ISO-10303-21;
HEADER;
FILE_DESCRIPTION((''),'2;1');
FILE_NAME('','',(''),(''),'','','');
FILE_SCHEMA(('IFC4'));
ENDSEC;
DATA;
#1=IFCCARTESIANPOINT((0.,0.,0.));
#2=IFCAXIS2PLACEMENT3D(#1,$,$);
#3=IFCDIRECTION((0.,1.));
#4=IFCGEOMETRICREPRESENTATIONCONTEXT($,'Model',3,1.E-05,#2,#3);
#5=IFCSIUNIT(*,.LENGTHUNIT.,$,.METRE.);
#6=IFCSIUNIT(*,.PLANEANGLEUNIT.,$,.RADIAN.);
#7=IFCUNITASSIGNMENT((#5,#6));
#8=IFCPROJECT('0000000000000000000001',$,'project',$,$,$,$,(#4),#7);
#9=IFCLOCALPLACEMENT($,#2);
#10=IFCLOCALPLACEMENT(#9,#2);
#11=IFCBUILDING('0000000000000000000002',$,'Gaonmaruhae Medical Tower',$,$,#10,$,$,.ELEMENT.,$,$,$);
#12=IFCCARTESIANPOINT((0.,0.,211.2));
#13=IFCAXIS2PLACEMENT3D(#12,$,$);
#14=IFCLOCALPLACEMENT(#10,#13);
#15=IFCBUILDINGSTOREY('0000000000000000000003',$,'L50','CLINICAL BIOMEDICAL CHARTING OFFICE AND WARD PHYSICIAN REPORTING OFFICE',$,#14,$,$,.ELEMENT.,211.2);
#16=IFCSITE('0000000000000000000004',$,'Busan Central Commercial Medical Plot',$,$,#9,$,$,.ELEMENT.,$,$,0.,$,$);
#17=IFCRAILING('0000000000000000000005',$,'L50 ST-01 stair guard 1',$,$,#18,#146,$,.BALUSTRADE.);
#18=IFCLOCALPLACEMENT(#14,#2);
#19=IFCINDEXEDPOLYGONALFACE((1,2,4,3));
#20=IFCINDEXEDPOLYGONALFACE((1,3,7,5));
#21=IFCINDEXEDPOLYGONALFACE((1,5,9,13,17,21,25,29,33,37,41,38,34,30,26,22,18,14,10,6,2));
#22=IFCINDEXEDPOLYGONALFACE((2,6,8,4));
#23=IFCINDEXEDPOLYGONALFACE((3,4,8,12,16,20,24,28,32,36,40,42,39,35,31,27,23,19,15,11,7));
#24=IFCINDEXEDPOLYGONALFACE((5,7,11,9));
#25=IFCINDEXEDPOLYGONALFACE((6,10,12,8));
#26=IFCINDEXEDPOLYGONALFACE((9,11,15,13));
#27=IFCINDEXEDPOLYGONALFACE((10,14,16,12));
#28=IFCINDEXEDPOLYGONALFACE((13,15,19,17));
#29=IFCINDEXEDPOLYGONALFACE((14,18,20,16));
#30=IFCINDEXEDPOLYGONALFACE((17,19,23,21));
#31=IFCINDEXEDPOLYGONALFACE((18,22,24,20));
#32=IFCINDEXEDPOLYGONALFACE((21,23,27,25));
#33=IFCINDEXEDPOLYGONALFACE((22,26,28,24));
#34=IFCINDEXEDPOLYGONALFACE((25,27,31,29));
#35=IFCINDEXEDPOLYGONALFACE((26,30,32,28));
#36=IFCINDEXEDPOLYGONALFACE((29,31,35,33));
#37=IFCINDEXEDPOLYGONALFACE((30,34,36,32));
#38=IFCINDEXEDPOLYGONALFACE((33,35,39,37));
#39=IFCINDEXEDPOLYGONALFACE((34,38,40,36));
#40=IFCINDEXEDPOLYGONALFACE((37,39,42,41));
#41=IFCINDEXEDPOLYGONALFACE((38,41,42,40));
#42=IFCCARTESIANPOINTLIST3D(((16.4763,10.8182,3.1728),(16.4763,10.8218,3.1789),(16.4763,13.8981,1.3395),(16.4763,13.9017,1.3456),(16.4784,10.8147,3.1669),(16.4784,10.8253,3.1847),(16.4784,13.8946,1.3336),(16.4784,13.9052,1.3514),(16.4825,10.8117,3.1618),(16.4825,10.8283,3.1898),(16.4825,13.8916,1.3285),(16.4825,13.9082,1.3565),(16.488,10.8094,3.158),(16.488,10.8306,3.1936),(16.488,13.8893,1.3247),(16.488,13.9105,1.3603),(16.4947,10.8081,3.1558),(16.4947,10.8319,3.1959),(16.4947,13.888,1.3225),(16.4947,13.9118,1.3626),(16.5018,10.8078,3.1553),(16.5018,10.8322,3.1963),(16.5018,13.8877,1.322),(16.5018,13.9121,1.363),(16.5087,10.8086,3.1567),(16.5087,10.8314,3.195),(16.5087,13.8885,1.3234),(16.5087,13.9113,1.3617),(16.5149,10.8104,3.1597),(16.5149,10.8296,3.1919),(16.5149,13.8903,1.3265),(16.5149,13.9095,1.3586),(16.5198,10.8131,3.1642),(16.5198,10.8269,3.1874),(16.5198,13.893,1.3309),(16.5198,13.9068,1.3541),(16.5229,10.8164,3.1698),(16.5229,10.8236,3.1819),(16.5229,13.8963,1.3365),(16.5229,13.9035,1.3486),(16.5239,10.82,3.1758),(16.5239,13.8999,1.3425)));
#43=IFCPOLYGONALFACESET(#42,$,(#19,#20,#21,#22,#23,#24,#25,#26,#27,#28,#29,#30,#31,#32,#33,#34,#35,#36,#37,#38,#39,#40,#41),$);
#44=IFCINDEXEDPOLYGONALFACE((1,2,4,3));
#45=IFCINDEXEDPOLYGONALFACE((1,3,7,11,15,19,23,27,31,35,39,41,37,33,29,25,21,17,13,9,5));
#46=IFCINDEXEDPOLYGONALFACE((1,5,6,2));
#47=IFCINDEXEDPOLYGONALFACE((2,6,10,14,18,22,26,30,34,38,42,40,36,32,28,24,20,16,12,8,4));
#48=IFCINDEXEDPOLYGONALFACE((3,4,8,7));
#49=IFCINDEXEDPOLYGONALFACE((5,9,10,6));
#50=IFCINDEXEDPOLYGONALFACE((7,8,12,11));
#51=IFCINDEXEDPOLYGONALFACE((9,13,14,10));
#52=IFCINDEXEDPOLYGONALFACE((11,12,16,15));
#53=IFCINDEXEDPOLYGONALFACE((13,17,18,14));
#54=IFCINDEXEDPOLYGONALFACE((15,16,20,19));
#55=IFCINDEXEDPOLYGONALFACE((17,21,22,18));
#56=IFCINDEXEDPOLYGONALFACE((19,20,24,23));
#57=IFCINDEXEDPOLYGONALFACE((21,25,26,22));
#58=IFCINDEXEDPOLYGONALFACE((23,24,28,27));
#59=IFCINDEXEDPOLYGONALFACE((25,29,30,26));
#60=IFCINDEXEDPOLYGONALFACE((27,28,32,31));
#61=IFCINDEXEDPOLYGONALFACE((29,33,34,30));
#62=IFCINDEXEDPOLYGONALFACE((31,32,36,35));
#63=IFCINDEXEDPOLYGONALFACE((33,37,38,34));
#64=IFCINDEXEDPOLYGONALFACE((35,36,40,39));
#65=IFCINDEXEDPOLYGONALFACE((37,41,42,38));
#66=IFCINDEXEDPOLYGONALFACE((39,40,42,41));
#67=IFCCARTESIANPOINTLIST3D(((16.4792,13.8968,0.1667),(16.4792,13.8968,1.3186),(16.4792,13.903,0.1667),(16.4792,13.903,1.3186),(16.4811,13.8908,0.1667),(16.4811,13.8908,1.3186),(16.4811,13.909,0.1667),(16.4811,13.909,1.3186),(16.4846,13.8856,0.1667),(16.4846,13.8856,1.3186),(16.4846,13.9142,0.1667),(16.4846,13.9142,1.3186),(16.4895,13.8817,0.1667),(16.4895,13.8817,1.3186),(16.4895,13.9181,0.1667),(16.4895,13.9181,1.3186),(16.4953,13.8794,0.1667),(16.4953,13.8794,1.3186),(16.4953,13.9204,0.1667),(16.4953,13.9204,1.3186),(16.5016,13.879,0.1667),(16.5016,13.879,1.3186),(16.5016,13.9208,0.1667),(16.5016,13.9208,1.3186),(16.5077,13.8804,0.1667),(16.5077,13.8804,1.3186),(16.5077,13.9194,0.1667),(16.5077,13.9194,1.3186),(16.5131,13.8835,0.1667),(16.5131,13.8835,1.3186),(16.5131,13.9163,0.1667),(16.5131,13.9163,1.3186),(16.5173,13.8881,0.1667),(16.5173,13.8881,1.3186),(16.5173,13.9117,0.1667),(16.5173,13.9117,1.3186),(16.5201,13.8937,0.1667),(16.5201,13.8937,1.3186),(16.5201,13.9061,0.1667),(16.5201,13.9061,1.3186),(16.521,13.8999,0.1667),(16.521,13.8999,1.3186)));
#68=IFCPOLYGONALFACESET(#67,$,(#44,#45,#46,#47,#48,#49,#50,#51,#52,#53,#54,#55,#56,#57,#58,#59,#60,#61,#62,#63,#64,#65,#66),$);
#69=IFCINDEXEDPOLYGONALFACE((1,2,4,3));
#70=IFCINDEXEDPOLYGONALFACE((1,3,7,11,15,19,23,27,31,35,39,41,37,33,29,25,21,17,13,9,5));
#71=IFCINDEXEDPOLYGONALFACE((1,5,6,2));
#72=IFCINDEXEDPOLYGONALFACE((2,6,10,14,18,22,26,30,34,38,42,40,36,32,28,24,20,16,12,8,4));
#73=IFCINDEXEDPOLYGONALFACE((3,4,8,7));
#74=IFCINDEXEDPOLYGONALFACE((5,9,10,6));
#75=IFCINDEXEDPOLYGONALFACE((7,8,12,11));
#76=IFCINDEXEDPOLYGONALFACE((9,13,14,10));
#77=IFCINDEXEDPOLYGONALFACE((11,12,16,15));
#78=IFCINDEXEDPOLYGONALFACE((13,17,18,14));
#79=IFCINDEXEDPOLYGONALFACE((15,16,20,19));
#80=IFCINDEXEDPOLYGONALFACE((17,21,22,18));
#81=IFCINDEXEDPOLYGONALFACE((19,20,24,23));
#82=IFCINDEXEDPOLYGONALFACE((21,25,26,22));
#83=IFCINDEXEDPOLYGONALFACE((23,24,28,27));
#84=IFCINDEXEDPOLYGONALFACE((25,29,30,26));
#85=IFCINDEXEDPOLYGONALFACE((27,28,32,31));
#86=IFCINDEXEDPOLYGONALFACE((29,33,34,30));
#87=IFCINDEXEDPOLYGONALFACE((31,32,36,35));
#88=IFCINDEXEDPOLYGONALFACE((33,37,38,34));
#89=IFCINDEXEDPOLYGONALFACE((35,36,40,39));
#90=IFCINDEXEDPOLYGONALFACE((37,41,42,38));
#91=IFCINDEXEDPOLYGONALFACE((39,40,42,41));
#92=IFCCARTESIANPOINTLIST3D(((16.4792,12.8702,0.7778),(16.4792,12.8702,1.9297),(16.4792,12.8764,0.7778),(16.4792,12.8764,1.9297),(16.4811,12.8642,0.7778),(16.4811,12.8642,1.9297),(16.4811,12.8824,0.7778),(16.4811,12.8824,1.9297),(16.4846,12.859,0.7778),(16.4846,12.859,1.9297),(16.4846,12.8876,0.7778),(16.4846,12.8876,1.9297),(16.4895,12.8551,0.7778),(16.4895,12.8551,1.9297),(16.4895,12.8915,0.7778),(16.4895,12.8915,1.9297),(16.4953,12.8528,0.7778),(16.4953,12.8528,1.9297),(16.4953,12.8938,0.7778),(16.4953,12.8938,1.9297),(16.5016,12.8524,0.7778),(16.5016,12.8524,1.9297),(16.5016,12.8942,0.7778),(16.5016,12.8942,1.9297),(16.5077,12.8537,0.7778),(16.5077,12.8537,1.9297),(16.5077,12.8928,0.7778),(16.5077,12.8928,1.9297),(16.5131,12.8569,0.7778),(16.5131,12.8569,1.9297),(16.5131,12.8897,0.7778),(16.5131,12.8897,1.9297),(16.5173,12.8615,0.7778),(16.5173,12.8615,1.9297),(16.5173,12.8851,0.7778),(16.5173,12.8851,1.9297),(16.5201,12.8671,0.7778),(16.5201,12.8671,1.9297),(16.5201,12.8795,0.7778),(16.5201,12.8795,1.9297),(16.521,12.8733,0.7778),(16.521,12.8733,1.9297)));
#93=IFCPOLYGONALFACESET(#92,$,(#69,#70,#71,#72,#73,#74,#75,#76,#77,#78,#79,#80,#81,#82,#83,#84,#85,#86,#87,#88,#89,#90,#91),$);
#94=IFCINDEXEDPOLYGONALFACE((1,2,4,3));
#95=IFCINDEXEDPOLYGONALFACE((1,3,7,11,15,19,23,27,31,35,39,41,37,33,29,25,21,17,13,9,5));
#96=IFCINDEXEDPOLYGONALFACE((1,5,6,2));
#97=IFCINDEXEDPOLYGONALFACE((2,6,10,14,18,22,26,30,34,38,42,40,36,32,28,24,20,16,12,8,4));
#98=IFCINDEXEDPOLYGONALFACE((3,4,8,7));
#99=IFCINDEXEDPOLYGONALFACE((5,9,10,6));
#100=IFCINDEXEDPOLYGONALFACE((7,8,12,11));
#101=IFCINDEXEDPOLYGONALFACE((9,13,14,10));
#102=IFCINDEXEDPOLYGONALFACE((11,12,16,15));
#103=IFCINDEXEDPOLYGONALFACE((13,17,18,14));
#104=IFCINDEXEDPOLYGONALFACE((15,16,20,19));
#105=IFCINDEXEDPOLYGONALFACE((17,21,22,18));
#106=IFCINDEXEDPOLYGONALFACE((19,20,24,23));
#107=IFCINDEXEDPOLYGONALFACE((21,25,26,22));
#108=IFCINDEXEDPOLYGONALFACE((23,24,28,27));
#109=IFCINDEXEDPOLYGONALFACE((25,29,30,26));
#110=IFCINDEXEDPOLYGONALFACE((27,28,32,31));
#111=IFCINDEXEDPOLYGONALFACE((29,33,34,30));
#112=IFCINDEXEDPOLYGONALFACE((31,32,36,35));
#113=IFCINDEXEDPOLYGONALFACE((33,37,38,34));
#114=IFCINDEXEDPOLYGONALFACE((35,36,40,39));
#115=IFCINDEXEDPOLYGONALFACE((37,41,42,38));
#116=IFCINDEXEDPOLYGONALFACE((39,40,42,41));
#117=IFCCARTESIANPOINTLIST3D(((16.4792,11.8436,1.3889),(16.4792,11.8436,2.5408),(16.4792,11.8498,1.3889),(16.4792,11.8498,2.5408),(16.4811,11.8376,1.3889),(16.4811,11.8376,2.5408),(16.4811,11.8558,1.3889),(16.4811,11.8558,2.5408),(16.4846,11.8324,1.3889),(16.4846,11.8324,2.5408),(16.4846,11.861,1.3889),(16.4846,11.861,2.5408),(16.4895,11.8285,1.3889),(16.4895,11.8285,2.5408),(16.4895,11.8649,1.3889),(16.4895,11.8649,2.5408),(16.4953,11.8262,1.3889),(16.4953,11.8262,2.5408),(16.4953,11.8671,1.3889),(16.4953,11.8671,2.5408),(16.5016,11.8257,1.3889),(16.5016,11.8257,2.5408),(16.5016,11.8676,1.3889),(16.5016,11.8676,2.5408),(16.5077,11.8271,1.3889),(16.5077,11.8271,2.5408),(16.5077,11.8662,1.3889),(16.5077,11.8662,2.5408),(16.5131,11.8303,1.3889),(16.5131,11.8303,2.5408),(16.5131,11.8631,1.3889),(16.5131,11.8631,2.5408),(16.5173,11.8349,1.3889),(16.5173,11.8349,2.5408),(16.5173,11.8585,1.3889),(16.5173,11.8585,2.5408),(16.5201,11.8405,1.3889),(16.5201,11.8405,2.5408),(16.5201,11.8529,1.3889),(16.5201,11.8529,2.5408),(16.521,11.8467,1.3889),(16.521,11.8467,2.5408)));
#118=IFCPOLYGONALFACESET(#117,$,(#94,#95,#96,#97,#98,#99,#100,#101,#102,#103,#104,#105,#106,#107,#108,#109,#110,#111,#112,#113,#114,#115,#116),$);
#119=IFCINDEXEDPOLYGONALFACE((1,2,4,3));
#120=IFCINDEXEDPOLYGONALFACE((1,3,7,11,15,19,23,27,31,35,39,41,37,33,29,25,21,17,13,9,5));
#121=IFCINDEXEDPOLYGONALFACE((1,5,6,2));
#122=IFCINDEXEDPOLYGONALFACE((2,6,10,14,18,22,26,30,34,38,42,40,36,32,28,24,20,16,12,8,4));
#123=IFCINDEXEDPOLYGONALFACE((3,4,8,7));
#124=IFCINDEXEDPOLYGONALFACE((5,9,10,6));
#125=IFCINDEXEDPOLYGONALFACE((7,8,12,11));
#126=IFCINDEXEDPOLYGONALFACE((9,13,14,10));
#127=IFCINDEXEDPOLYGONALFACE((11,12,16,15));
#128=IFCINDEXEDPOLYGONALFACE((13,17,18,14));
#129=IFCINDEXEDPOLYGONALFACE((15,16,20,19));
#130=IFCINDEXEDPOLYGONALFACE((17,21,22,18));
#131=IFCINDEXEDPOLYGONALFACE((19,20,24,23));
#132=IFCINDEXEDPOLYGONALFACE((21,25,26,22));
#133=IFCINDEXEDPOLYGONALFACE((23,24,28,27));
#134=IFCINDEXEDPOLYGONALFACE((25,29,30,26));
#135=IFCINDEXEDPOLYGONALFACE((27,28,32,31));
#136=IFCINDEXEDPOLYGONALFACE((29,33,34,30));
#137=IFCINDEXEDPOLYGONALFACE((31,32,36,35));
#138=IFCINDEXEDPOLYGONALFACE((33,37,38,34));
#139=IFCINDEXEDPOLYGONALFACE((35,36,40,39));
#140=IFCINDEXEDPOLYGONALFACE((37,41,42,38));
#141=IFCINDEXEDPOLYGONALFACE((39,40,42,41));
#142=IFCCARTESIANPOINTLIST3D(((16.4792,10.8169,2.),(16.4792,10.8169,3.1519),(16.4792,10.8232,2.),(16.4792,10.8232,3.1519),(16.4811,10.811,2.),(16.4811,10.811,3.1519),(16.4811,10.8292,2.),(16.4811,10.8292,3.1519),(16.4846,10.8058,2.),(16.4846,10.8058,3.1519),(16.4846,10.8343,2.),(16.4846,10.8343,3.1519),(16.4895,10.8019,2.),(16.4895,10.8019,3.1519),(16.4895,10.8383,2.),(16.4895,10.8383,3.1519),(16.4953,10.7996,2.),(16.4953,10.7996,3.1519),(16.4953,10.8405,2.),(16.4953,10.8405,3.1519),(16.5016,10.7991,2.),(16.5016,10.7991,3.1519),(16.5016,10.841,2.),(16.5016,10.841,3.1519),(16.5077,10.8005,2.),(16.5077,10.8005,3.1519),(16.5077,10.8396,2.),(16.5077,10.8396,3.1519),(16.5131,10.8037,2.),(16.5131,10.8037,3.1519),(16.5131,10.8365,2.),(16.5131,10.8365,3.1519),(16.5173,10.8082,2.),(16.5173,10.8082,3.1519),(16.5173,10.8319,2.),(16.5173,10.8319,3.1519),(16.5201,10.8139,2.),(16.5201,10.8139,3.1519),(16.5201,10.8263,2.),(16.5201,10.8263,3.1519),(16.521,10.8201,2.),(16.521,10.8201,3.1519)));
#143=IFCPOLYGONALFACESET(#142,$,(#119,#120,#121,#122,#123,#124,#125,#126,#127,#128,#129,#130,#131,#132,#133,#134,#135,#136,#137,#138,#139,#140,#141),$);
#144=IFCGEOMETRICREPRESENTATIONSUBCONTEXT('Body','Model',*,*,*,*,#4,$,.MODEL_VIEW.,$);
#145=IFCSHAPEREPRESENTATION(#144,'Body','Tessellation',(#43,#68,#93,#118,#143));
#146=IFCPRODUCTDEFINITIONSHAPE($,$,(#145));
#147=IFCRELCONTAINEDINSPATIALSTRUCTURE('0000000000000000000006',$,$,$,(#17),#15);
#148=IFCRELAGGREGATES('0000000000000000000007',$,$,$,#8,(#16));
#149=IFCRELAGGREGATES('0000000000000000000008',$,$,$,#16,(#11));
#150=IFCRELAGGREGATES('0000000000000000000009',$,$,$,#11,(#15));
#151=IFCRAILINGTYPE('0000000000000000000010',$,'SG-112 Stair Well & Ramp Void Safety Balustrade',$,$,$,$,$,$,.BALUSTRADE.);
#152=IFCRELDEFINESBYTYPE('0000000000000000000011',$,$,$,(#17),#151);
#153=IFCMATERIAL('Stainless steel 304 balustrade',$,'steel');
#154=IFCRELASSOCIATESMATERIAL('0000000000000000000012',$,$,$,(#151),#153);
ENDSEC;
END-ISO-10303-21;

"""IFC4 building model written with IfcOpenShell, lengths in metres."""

from ifc_helpers import new_model, si_unit, direction, frame, origin, origin_2d, place, context, subcontext, project, spatial, circle, extrude, material, type_object, element, save


model = new_model("IFC4")

# Units and contexts
model_context = context("Model", 3, precision=1e-05, world=origin(), true_north=direction((0.0, 1.0)))
body_context = subcontext(model_context, "Body", "Model", "MODEL_VIEW")
ifc_project = project(units=[si_unit("LENGTHUNIT", "METRE"), si_unit("PLANEANGLEUNIT", "RADIAN")], contexts=[model_context])

# Site, building, storey
site_placement = place(None, origin())
site = spatial("IfcSite", under=ifc_project, at=site_placement, Name="Busan Central Commercial Medical Plot", CompositionType="ELEMENT", RefElevation=0.0)
building_placement = place(site_placement, origin())
building = spatial("IfcBuilding", under=site, at=building_placement, Name="Gaonmaruhae Medical Tower", CompositionType="ELEMENT")
storey_placement = place(building_placement, frame((0.0, 0.0, 211.2)))
storey = spatial("IfcBuildingStorey", under=building, at=storey_placement, Name="L50", Description="CLINICAL BIOMEDICAL CHARTING OFFICE AND WARD PHYSICIAN REPORTING OFFICE", CompositionType="ELEMENT", Elevation=211.2)

# Railing
ifc_material_1 = material(Name="Stainless steel 304 balustrade", Category="steel")
railing_type_1 = type_object("IfcRailingType", Name="SG-112 Stair Well & Ramp Void Safety Balustrade", PredefinedType="BALUSTRADE", material=ifc_material_1)
railing_1_placement = place(storey_placement, frame((16.5, 13.8999, 0.1667)))
element("IfcRailing", 1, at=railing_1_placement, inside=storey, type_object=railing_type_1, Name="L50 ST-01 stair guard 1", PredefinedType="BALUSTRADE", context=body_context, shape_type="SweptSolid", body=[
    extrude(circle(Radius=0.0239, at=origin_2d()), frame((0.0, 0.0, 1.1758), z_axis=(0.0, -0.859291, 0.511487), x_axis=(1.0, 0.0, 0.0)), (0.0, 0.0, 1.0), 3.5842),
    extrude(circle(Radius=0.021, at=origin_2d()), origin(), (0.0, 0.0, 1.0), 1.1519),
    extrude(circle(Radius=0.021, at=origin_2d()), frame((0.0, -1.0266, 0.6111)), (0.0, 0.0, 1.0), 1.1519),
    extrude(circle(Radius=0.021, at=origin_2d()), frame((0.0, -2.0532, 1.2222)), (0.0, 0.0, 1.0), 1.1519),
    extrude(circle(Radius=0.021, at=origin_2d()), frame((0.0, -3.0798, 1.8333)), (0.0, 0.0, 1.0), 1.1519),
])

save(model, "model.ifc")
